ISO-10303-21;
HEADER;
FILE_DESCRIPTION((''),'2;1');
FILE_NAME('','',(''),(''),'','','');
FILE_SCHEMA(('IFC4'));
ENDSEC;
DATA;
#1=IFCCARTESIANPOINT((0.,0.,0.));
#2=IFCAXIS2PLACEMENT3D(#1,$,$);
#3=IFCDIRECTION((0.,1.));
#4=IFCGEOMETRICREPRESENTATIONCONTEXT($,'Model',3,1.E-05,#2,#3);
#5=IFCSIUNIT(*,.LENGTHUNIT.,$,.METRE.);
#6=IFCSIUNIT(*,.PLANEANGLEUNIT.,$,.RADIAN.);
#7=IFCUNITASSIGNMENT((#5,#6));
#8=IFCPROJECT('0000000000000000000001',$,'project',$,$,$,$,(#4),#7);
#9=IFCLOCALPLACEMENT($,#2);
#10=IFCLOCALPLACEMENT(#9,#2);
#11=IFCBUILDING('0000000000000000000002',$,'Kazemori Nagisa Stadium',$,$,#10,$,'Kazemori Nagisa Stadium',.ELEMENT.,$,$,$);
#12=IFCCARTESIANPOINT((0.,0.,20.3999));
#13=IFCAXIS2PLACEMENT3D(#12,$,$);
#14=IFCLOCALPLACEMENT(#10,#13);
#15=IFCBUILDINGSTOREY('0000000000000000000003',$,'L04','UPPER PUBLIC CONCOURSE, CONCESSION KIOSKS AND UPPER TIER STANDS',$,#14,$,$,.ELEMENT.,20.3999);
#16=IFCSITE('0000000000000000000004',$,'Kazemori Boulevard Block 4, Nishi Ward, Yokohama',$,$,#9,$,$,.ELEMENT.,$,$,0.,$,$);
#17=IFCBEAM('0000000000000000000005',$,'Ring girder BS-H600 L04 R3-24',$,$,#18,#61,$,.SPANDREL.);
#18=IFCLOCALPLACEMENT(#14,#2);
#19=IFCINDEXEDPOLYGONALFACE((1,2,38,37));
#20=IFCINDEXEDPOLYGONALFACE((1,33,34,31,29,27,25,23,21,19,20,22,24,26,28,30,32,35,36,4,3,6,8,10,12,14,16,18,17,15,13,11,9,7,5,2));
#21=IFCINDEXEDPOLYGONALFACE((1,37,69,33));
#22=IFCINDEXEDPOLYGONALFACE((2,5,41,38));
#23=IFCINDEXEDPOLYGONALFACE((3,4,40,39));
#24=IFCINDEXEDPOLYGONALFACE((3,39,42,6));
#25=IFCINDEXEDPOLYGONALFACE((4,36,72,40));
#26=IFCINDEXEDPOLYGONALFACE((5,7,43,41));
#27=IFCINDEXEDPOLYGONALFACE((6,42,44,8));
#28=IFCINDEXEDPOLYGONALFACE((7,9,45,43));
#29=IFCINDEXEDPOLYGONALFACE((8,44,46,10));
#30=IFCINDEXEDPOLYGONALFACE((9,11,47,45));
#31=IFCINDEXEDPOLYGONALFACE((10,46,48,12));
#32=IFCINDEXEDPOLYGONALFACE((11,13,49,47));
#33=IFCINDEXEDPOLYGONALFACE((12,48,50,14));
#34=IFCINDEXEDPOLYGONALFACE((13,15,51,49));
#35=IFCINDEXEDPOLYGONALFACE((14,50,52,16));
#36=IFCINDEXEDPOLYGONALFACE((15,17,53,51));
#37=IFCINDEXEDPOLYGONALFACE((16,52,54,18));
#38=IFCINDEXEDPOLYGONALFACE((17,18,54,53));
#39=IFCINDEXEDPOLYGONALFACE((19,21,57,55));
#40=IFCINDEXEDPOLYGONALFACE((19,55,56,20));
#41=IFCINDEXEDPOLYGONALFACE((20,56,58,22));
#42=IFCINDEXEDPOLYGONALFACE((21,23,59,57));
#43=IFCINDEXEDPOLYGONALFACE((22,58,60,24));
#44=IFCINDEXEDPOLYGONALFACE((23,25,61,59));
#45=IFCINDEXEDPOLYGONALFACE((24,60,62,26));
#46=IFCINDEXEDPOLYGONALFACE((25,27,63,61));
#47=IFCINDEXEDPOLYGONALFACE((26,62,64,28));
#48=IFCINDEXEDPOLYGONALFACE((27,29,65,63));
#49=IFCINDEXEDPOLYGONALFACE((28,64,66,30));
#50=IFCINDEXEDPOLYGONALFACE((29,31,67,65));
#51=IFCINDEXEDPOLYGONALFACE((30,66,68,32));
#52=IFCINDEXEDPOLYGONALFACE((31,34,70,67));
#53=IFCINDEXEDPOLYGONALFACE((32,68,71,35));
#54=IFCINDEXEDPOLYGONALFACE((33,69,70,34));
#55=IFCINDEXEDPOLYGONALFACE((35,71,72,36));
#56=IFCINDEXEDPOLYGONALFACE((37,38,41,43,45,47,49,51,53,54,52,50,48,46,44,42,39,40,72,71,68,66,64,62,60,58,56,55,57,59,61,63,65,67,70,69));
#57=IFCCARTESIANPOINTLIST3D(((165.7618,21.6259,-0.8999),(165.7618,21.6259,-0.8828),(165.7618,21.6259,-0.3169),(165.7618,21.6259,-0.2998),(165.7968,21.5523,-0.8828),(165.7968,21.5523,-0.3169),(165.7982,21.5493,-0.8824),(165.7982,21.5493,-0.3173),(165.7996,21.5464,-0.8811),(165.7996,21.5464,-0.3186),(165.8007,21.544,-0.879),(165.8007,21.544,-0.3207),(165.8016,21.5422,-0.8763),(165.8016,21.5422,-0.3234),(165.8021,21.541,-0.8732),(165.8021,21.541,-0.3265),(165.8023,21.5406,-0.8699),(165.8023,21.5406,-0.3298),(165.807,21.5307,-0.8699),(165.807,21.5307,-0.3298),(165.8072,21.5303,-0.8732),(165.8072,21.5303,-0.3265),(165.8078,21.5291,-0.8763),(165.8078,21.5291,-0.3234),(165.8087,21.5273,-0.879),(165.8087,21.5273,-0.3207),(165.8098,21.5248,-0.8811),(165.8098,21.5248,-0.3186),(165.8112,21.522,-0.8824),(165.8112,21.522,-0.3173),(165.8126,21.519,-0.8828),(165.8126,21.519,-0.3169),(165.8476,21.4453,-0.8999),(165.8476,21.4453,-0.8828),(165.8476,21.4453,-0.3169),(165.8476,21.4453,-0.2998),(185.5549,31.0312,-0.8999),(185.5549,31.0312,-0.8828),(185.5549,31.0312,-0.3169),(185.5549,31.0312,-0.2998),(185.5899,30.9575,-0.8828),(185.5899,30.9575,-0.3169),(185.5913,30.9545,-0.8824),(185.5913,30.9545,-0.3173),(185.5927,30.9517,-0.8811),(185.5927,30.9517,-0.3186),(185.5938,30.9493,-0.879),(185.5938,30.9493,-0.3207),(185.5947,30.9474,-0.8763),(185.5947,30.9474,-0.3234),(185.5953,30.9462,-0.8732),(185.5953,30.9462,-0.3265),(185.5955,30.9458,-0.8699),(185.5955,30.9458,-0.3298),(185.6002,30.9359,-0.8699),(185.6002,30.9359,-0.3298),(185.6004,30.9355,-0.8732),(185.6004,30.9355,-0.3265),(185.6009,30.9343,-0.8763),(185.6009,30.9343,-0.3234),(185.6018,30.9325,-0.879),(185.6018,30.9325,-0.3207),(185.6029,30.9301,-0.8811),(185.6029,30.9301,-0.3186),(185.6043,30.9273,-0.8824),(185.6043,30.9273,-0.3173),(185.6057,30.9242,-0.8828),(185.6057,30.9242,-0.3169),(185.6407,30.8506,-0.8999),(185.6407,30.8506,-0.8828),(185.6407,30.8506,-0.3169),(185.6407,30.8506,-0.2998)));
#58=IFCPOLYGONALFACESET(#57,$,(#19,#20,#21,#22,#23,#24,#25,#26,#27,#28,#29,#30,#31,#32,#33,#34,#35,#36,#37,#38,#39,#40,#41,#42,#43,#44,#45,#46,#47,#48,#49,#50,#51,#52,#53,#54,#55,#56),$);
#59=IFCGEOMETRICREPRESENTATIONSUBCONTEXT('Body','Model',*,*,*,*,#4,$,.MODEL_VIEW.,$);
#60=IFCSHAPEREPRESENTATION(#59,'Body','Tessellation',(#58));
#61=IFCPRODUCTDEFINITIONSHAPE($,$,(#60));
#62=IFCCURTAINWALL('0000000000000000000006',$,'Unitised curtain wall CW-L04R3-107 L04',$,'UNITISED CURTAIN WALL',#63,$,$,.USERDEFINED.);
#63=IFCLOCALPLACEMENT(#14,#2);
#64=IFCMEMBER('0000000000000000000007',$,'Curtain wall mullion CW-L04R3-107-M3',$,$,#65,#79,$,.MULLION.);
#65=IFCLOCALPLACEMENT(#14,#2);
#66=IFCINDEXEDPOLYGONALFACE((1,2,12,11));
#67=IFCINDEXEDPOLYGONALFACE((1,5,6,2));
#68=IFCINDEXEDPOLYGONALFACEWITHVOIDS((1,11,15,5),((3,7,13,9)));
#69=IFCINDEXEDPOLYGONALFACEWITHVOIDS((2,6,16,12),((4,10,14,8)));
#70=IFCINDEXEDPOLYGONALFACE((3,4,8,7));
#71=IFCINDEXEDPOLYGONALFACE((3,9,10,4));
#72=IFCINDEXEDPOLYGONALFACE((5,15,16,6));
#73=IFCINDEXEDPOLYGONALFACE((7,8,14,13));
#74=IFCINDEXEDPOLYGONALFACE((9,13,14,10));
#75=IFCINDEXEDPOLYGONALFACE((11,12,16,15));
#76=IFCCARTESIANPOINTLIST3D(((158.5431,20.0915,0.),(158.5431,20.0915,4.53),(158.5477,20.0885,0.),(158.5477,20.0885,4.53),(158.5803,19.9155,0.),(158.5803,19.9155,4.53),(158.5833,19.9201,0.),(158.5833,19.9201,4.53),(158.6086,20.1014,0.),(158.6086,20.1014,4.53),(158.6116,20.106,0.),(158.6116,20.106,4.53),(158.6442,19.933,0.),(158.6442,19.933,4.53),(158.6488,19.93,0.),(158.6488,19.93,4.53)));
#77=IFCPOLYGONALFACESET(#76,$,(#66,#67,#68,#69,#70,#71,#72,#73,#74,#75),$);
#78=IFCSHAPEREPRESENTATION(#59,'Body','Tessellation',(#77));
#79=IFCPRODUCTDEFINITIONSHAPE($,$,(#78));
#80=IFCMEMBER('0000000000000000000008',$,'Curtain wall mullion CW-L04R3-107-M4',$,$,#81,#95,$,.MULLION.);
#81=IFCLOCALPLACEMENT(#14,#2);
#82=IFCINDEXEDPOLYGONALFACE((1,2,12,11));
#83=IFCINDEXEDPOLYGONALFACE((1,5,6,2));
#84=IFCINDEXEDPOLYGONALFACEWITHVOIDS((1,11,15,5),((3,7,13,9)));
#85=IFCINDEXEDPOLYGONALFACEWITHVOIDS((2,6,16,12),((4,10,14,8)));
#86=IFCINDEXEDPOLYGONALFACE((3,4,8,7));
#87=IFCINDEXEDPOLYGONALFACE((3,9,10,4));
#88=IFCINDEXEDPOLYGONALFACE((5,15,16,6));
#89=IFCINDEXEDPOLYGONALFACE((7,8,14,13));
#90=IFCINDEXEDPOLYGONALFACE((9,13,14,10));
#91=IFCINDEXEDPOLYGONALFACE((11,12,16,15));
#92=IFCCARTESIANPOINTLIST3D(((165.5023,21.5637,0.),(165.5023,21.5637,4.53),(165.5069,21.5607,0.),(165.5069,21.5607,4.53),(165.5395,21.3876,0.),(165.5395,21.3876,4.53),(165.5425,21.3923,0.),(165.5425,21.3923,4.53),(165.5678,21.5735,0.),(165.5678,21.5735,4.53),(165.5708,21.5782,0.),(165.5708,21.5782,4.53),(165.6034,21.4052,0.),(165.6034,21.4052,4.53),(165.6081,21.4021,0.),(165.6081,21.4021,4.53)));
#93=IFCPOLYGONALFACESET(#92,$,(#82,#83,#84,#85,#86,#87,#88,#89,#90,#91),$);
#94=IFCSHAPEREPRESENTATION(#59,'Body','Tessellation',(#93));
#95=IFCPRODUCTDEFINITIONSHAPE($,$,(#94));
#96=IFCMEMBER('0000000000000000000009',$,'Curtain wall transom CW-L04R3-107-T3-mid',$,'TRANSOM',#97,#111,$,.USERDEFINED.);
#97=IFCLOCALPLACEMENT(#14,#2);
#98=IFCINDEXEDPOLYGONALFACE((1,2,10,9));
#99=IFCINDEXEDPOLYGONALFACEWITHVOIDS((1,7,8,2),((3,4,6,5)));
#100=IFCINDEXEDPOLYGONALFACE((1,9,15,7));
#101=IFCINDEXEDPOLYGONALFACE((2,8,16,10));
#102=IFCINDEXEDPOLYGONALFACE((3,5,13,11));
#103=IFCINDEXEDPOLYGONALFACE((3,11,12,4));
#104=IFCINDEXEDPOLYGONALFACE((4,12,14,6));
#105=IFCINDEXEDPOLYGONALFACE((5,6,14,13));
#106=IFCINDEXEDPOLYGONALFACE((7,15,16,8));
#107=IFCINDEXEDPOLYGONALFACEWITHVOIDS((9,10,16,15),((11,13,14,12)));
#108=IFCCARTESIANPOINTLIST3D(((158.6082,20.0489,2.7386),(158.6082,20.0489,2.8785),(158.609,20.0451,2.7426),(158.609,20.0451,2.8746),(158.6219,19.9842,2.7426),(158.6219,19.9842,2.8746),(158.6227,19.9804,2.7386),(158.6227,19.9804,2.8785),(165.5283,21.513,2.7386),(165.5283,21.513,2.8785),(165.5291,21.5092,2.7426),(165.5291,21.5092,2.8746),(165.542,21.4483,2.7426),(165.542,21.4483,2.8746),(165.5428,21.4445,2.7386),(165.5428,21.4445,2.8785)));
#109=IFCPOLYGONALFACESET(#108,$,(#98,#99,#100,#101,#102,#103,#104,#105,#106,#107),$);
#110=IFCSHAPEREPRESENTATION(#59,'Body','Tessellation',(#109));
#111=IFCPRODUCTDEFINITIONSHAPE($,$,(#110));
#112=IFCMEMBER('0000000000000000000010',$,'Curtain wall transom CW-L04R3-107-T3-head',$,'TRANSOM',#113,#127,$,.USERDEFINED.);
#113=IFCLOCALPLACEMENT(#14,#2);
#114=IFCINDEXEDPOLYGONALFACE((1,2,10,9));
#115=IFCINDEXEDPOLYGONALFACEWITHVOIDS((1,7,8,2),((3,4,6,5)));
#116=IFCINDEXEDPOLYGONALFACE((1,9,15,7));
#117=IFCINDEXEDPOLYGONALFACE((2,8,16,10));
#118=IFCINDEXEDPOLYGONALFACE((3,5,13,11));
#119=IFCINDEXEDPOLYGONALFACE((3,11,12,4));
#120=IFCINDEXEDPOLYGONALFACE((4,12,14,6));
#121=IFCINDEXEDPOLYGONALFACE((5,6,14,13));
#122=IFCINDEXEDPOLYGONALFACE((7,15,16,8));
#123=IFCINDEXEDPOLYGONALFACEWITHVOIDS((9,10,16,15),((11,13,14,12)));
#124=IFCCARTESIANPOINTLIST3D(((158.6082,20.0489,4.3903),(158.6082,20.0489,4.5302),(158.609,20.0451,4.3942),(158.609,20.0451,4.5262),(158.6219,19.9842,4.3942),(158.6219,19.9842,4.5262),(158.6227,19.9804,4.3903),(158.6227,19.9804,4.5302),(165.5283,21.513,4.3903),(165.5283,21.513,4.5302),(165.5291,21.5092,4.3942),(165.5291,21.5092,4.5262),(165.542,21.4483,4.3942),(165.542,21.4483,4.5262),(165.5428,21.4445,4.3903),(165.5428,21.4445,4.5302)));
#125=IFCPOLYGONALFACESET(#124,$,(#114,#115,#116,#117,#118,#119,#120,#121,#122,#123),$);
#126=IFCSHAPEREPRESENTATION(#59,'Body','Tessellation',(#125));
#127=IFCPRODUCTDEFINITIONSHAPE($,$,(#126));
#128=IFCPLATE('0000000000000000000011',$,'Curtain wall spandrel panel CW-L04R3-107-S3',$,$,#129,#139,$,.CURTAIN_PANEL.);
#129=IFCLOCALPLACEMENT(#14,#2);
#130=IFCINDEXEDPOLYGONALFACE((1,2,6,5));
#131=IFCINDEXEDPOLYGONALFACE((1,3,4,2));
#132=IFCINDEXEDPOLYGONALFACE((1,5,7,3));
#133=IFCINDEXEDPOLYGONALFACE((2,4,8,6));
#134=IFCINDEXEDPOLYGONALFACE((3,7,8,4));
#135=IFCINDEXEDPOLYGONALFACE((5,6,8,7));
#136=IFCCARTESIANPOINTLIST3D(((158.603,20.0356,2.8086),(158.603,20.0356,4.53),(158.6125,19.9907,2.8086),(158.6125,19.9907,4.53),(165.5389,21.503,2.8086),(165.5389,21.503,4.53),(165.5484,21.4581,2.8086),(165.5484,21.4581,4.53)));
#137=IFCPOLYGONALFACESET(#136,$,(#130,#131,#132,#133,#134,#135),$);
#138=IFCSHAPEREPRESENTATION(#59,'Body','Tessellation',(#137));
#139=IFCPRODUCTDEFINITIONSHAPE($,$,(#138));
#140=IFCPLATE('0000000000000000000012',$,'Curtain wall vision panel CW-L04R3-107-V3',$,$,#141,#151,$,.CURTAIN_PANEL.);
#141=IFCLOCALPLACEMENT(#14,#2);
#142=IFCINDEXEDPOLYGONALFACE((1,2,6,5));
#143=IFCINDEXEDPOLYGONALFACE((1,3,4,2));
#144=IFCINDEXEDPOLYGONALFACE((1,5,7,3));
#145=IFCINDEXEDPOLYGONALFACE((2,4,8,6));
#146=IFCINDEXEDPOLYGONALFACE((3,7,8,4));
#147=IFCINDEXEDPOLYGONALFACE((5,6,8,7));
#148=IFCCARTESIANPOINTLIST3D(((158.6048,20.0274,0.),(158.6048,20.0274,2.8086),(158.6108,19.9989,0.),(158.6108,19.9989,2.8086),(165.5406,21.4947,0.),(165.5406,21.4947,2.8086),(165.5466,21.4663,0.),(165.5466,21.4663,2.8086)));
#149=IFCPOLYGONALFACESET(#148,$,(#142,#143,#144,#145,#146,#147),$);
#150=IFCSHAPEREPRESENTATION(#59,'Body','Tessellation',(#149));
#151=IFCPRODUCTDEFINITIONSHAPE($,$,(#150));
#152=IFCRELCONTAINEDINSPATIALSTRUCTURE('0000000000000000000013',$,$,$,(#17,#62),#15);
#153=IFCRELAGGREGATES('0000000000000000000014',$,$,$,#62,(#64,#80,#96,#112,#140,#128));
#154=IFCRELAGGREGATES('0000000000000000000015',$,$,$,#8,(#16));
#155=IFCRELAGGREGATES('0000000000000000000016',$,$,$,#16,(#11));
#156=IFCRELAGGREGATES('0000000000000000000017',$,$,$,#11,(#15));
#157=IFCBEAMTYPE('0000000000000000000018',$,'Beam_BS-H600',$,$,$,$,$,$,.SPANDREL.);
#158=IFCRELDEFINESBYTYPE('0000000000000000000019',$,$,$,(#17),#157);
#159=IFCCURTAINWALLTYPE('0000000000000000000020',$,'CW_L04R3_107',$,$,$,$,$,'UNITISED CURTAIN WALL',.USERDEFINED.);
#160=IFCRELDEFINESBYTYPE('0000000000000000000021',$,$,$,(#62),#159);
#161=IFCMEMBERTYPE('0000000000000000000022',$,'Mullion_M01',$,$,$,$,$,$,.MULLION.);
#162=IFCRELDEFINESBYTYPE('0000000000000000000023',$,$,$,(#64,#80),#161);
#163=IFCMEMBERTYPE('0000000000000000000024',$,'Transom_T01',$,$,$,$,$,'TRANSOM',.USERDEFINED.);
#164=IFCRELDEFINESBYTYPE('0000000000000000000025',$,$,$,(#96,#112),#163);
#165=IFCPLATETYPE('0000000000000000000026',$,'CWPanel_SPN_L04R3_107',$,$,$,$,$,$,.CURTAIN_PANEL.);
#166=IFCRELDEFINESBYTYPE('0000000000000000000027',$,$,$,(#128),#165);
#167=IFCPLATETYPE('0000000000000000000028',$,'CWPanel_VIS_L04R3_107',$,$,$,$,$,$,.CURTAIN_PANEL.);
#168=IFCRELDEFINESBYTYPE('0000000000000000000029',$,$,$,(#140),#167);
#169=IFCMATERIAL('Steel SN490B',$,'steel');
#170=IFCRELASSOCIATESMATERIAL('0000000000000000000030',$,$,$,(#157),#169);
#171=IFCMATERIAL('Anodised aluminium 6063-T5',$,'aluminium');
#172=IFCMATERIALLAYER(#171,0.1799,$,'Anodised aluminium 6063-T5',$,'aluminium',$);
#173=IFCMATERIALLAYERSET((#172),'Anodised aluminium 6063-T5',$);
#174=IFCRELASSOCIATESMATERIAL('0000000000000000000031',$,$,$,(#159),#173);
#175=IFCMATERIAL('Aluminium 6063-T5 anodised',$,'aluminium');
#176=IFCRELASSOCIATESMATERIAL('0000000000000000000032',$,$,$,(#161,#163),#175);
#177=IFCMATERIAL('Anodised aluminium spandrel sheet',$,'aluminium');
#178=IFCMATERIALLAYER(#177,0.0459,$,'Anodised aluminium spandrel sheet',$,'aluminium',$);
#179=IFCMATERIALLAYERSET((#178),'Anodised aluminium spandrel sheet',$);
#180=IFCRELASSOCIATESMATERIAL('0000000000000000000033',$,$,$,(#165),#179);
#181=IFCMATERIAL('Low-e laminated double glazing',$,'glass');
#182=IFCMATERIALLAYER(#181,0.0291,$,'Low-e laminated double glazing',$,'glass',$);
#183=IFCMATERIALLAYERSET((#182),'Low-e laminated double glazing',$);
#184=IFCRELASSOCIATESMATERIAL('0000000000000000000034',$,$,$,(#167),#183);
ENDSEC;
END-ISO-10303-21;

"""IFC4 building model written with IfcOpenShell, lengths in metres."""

from ifc_helpers import new_model, si_unit, direction, frame, origin, origin_2d, place, context, subcontext, project, spatial, rectangle, hollow_rectangle, i_section, extrude, material, layer, layer_set, material_profile, profile_set, type_object, element, aggregate, save


model = new_model("IFC4")

# Units and contexts
model_context = context("Model", 3, precision=1e-05, world=origin(), true_north=direction((0.0, 1.0)))
body_context = subcontext(model_context, "Body", "Model", "MODEL_VIEW")
ifc_project = project(units=[si_unit("LENGTHUNIT", "METRE"), si_unit("PLANEANGLEUNIT", "RADIAN")], contexts=[model_context])

# Site, building, storey
site_placement = place(None, origin())
site = spatial("IfcSite", under=ifc_project, at=site_placement, Name="Kazemori Boulevard Block 4, Nishi Ward, Yokohama", CompositionType="ELEMENT", RefElevation=0.0)
building_placement = place(site_placement, origin())
building = spatial("IfcBuilding", under=site, at=building_placement, Name="Kazemori Nagisa Stadium", LongName="Kazemori Nagisa Stadium", CompositionType="ELEMENT")
storey_placement = place(building_placement, frame((0.0, 0.0, 20.3999)))
storey = spatial("IfcBuildingStorey", under=building, at=storey_placement, Name="L04", Description="UPPER PUBLIC CONCOURSE, CONCESSION KIOSKS AND UPPER TIER STANDS", CompositionType="ELEMENT", Elevation=20.3999)

# Beam
ifc_material_1 = material(Name="Steel SN490B", Category="steel")
ifc_material_profile_1 = material_profile(ifc_material_1, i_section(OverallWidth=0.2, OverallDepth=0.6001, WebThickness=0.011, FlangeThickness=0.0171, FilletRadius=0.0129, at=origin_2d()), Name="H-600x200x11x17")
ifc_profile_set_1 = profile_set([ifc_material_profile_1], Name="Steel SN490B")
beam_type_1 = type_object("IfcBeamType", Name="Beam_BS-H600", PredefinedType="SPANDREL", material=ifc_profile_set_1)
beam_1_placement = place(storey_placement, frame((165.8047, 21.5356, -0.5999), z_axis=(0.903216, 0.429187, 0.0), x_axis=(-0.429187, 0.903216, 0.0)))
element("IfcBeam", 1, at=beam_1_placement, inside=storey, type_object=beam_type_1, Name="Ring girder BS-H600 L04 R3-24", PredefinedType="SPANDREL", context=body_context, shape_type="SweptSolid", body=[
    extrude(i_section(OverallWidth=0.2, OverallDepth=0.6001, WebThickness=0.011, FlangeThickness=0.0171, FilletRadius=0.0129, at=origin_2d()), origin(), (0.0, 0.0, 1.0), 21.9141),
])

# Curtain wall, members, plates
ifc_material_2 = material(Name="Anodised aluminium 6063-T5", Category="aluminium")
ifc_layer_1 = layer(ifc_material_2, 0.1799, Name="Anodised aluminium 6063-T5", Category="aluminium")
ifc_layer_set_1 = layer_set([ifc_layer_1], Name="Anodised aluminium 6063-T5")
curtain_wall_type = type_object("IfcCurtainWallType", Name="CW_L04R3_107", ElementType="UNITISED CURTAIN WALL", PredefinedType="USERDEFINED", material=ifc_layer_set_1)
curtain_wall_placement = place(storey_placement, origin())
curtain_wall = element("IfcCurtainWall", 2, at=curtain_wall_placement, inside=storey, type_object=curtain_wall_type, Name="Unitised curtain wall CW-L04R3-107 L04", ObjectType="UNITISED CURTAIN WALL", PredefinedType="USERDEFINED")
ifc_material_3 = material(Name="Aluminium 6063-T5 anodised", Category="aluminium")
ifc_material_profile_2 = material_profile(ifc_material_3, hollow_rectangle(XDim=0.0701, YDim=0.1799, WallThickness=0.0039, at=origin_2d()), Name="ALU-MULL-70x180x4")
ifc_profile_set_2 = profile_set([ifc_material_profile_2], Name="Aluminium 6063-T5 anodised")
member_type_1 = type_object("IfcMemberType", Name="Mullion_M01", PredefinedType="MULLION", material=ifc_profile_set_2)
member_1_placement = place(storey_placement, frame((158.5959, 20.0107, 0.0), z_axis=(0.0, 0.0, 1.0), x_axis=(0.978345, 0.206981, 0.0)))
member_1 = element("IfcMember", 3, at=member_1_placement, type_object=member_type_1, Name="Curtain wall mullion CW-L04R3-107-M3", PredefinedType="MULLION", context=body_context, shape_type="SweptSolid", body=[
    extrude(hollow_rectangle(XDim=0.0701, YDim=0.1799, WallThickness=0.0039, at=origin_2d()), origin(), (0.0, 0.0, 1.0), 4.53),
])
member_2_placement = place(storey_placement, frame((165.5552, 21.4829, 0.0), z_axis=(0.0, 0.0, 1.0), x_axis=(0.978345, 0.206981, 0.0)))
member_2 = element("IfcMember", 4, at=member_2_placement, type_object=member_type_1, Name="Curtain wall mullion CW-L04R3-107-M4", PredefinedType="MULLION", context=body_context, shape_type="SweptSolid", body=[
    extrude(hollow_rectangle(XDim=0.0701, YDim=0.1799, WallThickness=0.0039, at=origin_2d()), origin(), (0.0, 0.0, 1.0), 4.53),
])
ifc_material_profile_3 = material_profile(ifc_material_3, hollow_rectangle(XDim=0.0701, YDim=0.1399, WallThickness=0.0039, at=origin_2d()), Name="ALU-TRAN-70x140x4")
ifc_profile_set_3 = profile_set([ifc_material_profile_3], Name="Aluminium 6063-T5 anodised")
member_type_2 = type_object("IfcMemberType", Name="Transom_T01", ElementType="TRANSOM", PredefinedType="USERDEFINED", material=ifc_profile_set_3)
member_3_placement = place(storey_placement, frame((158.6155, 20.0146, 2.8086), z_axis=(0.978343, 0.20699, 0.0), x_axis=(-0.20699, 0.978343, 0.0)))
member_3 = element("IfcMember", 5, at=member_3_placement, type_object=member_type_2, Name="Curtain wall transom CW-L04R3-107-T3-mid", ObjectType="TRANSOM", PredefinedType="USERDEFINED", context=body_context, shape_type="SweptSolid", body=[
    extrude(hollow_rectangle(XDim=0.0701, YDim=0.1399, WallThickness=0.0039, at=origin_2d()), origin(), (0.0, 0.0, 1.0), 7.0732),
])
member_4_placement = place(storey_placement, frame((158.6155, 20.0146, 4.4602), z_axis=(0.978343, 0.20699, 0.0), x_axis=(-0.20699, 0.978343, 0.0)))
member_4 = element("IfcMember", 6, at=member_4_placement, type_object=member_type_2, Name="Curtain wall transom CW-L04R3-107-T3-head", ObjectType="TRANSOM", PredefinedType="USERDEFINED", context=body_context, shape_type="SweptSolid", body=[
    extrude(hollow_rectangle(XDim=0.0701, YDim=0.1399, WallThickness=0.0039, at=origin_2d()), origin(), (0.0, 0.0, 1.0), 7.0732),
])
ifc_material_4 = material(Name="Anodised aluminium spandrel sheet", Category="aluminium")
ifc_layer_2 = layer(ifc_material_4, 0.0459, Name="Anodised aluminium spandrel sheet", Category="aluminium")
ifc_layer_set_2 = layer_set([ifc_layer_2], Name="Anodised aluminium spandrel sheet")
plate_type_1 = type_object("IfcPlateType", Name="CWPanel_SPN_L04R3_107", PredefinedType="CURTAIN_PANEL", material=ifc_layer_set_2)
plate_1_placement = place(storey_placement, frame((162.0757, 20.7468, 2.8086), z_axis=(0.0, 0.0, 1.0), x_axis=(0.978345, 0.206981, 0.0)))
plate_1 = element("IfcPlate", 7, at=plate_1_placement, type_object=plate_type_1, Name="Curtain wall spandrel panel CW-L04R3-107-S3", PredefinedType="CURTAIN_PANEL", context=body_context, shape_type="SweptSolid", body=[
    extrude(rectangle(XDim=7.0894, YDim=0.0459, at=origin_2d()), origin(), (0.0, 0.0, 1.0), 1.7214),
])
ifc_material_5 = material(Name="Low-e laminated double glazing", Category="glass")
ifc_layer_3 = layer(ifc_material_5, 0.0291, Name="Low-e laminated double glazing", Category="glass")
ifc_layer_set_3 = layer_set([ifc_layer_3], Name="Low-e laminated double glazing")
plate_type_2 = type_object("IfcPlateType", Name="CWPanel_VIS_L04R3_107", PredefinedType="CURTAIN_PANEL", material=ifc_layer_set_3)
plate_2_placement = place(storey_placement, frame((162.0757, 20.7468, 0.0), z_axis=(0.0, 0.0, 1.0), x_axis=(0.978345, 0.206981, 0.0)))
plate_2 = element("IfcPlate", 8, at=plate_2_placement, type_object=plate_type_2, Name="Curtain wall vision panel CW-L04R3-107-V3", PredefinedType="CURTAIN_PANEL", context=body_context, shape_type="SweptSolid", body=[
    extrude(rectangle(XDim=7.0894, YDim=0.0291, at=origin_2d()), origin(), (0.0, 0.0, 1.0), 2.8086),
])
aggregate(curtain_wall, [member_1, member_2, member_3, member_4, plate_2, plate_1])

save(model, "model.ifc")
